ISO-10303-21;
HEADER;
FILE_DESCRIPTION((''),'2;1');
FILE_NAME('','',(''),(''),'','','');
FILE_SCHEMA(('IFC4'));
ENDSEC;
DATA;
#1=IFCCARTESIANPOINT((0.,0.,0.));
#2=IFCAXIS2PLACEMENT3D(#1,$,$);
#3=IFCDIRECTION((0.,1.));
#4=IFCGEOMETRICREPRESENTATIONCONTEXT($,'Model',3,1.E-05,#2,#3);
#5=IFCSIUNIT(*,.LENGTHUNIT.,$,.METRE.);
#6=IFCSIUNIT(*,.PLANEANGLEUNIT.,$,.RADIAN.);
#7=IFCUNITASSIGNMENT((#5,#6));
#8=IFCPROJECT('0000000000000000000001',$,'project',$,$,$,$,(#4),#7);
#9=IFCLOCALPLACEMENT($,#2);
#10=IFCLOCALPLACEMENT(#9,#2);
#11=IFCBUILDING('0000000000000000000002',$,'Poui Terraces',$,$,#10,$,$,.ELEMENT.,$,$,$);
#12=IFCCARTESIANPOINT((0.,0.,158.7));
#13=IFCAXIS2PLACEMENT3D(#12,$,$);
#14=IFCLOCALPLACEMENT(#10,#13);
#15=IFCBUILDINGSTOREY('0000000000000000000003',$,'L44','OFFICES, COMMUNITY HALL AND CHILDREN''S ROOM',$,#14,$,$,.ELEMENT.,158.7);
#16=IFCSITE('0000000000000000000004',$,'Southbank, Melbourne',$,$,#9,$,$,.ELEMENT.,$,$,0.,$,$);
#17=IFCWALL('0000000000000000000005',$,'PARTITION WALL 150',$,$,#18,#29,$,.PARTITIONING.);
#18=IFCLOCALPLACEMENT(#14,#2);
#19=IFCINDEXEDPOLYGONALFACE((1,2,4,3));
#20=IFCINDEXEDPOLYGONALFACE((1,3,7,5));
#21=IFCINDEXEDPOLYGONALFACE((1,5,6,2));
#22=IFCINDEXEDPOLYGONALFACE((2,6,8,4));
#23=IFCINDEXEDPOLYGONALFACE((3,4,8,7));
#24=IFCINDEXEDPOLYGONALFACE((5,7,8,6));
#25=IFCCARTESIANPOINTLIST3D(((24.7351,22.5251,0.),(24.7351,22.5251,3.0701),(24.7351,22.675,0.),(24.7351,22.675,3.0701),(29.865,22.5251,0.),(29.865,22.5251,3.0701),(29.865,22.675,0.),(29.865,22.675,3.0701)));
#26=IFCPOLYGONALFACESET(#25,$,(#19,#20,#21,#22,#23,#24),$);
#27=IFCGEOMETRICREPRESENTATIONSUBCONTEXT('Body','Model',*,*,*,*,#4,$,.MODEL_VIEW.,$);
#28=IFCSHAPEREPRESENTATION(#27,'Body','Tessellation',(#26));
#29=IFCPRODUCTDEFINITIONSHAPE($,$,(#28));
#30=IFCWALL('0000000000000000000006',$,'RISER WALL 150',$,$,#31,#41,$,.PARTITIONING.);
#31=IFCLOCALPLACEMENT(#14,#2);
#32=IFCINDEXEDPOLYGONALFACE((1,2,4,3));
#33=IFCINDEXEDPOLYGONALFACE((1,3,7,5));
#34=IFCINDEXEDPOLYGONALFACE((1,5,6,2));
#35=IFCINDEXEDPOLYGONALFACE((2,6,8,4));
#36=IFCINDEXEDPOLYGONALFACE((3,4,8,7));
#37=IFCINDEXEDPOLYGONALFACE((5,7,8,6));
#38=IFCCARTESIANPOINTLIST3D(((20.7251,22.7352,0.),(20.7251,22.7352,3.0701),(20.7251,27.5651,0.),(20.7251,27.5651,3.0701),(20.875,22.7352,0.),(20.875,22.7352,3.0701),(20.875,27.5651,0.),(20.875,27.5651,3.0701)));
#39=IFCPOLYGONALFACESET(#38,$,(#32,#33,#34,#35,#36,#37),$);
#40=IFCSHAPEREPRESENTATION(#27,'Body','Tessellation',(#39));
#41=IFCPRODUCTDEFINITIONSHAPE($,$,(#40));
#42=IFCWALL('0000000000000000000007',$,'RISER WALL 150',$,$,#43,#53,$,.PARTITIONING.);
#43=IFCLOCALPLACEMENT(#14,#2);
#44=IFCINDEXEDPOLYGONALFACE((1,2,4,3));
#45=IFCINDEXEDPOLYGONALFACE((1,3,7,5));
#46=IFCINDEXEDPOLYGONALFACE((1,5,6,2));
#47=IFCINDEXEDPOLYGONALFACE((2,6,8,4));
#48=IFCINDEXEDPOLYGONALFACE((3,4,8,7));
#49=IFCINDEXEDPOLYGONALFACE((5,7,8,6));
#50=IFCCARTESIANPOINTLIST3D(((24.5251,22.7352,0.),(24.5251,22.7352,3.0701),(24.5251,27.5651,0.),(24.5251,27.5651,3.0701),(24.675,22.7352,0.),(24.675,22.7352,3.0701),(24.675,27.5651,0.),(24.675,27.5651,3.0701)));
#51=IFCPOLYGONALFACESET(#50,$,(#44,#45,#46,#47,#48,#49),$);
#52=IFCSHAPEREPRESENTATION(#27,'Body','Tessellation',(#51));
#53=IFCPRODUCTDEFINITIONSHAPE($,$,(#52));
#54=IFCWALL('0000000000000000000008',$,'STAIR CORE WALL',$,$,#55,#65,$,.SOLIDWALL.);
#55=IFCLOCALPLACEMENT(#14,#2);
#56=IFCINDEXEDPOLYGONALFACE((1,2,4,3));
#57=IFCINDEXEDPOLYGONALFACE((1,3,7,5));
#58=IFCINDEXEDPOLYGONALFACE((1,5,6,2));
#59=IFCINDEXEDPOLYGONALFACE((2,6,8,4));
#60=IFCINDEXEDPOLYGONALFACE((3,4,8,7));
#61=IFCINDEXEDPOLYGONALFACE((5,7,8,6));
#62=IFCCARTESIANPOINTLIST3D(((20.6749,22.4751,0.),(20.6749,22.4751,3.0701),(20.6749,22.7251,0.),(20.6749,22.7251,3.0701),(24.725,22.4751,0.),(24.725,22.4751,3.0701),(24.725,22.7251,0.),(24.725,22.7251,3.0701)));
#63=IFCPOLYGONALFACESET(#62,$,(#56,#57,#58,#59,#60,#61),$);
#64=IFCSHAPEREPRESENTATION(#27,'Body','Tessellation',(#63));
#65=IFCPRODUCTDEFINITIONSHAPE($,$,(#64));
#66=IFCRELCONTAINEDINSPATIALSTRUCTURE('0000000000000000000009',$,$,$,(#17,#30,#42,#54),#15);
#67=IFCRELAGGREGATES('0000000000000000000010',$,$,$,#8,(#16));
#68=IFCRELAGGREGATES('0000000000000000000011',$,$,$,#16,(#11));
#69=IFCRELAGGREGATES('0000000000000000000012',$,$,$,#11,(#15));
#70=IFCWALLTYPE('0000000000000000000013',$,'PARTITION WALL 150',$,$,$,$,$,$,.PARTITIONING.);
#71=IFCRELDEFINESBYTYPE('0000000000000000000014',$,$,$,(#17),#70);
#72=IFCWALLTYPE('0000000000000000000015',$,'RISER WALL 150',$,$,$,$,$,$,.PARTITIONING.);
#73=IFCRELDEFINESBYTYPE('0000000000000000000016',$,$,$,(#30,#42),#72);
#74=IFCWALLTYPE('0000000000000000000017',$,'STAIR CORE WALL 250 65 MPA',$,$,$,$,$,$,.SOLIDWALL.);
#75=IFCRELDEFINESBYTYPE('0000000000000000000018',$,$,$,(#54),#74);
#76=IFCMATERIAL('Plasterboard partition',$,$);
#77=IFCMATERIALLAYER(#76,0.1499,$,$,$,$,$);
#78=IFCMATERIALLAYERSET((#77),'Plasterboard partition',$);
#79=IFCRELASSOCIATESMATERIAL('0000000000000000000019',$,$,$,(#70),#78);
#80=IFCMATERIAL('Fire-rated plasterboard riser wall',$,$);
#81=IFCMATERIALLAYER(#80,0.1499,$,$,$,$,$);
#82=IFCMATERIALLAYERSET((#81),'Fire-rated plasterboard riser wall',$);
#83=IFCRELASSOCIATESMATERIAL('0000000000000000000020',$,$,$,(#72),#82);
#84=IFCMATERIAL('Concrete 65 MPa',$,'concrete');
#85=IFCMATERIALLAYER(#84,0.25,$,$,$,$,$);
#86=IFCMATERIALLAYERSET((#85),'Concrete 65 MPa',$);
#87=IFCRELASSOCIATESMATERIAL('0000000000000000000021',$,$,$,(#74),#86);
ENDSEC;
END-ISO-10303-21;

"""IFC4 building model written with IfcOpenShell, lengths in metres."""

from ifc_helpers import new_model, si_unit, direction, frame, frame_2d, origin, place, context, subcontext, project, spatial, rectangle, extrude, material, layer, layer_set, type_object, element, save


model = new_model("IFC4")

# Units and contexts
model_context = context("Model", 3, precision=1e-05, world=origin(), true_north=direction((0.0, 1.0)))
body_context = subcontext(model_context, "Body", "Model", "MODEL_VIEW")
ifc_project = project(units=[si_unit("LENGTHUNIT", "METRE"), si_unit("PLANEANGLEUNIT", "RADIAN")], contexts=[model_context])

# Site, building, storey
site_placement = place(None, origin())
site = spatial("IfcSite", under=ifc_project, at=site_placement, Name="Southbank, Melbourne", CompositionType="ELEMENT", RefElevation=0.0)
building_placement = place(site_placement, origin())
building = spatial("IfcBuilding", under=site, at=building_placement, Name="Poui Terraces", CompositionType="ELEMENT")
storey_placement = place(building_placement, frame((0.0, 0.0, 158.7)))
storey = spatial("IfcBuildingStorey", under=building, at=storey_placement, Name="L44", Description="OFFICES, COMMUNITY HALL AND CHILDREN'S ROOM", CompositionType="ELEMENT", Elevation=158.7)

# Walls
ifc_material_1 = material(Name="Plasterboard partition")
ifc_layer_1 = layer(ifc_material_1, 0.1499)
ifc_layer_set_1 = layer_set([ifc_layer_1], Name="Plasterboard partition")
wall_type_1 = type_object("IfcWallType", Name="PARTITION WALL 150", PredefinedType="PARTITIONING", material=ifc_layer_set_1)
wall_1_placement = place(storey_placement, frame((24.7351, 22.6001, 0.0), z_axis=(0.0, 0.0, 1.0), x_axis=(1.0, 0.0, 0.0)))
element("IfcWall", 1, at=wall_1_placement, inside=storey, type_object=wall_type_1, Name="PARTITION WALL 150", PredefinedType="PARTITIONING", context=body_context, shape_type="SweptSolid", body=[
    extrude(rectangle(XDim=5.1299, YDim=0.1499, at=frame_2d((2.5649, 0.0))), origin(), (0.0, 0.0, 1.0), 3.0701),
])
ifc_material_2 = material(Name="Fire-rated plasterboard riser wall")
ifc_layer_2 = layer(ifc_material_2, 0.1499)
ifc_layer_set_2 = layer_set([ifc_layer_2], Name="Fire-rated plasterboard riser wall")
wall_type_2 = type_object("IfcWallType", Name="RISER WALL 150", PredefinedType="PARTITIONING", material=ifc_layer_set_2)
for number, where, z_axis, x_axis, name in (
    (2, (20.8, 22.7351, 0.0), (0.0, 0.0, 1.0), (0.0, 1.0, 0.0), "RISER WALL 150"),
    (3, (24.6001, 22.7351, 0.0), (0.0, 0.0, 1.0), (0.0, 1.0, 0.0), "RISER WALL 150"),
):
    element("IfcWall", number, at=place(storey_placement, frame(where, z_axis=z_axis, x_axis=x_axis)), inside=storey, type_object=wall_type_2, Name=name, PredefinedType="PARTITIONING", context=body_context, shape_type="SweptSolid", body=[
        extrude(rectangle(XDim=4.8298, YDim=0.1499, at=frame_2d((2.415, 0.0))), origin(), (0.0, 0.0, 1.0), 3.0701),
    ])
ifc_material_3 = material(Name="Concrete 65 MPa", Category="concrete")
ifc_layer_3 = layer(ifc_material_3, 0.25)
ifc_layer_set_3 = layer_set([ifc_layer_3], Name="Concrete 65 MPa")
wall_type_3 = type_object("IfcWallType", Name="STAIR CORE WALL 250 65 MPA", PredefinedType="SOLIDWALL", material=ifc_layer_set_3)
wall_2_placement = place(storey_placement, frame((20.675, 22.6001, 0.0), z_axis=(0.0, 0.0, 1.0), x_axis=(1.0, 0.0, 0.0)))
element("IfcWall", 4, at=wall_2_placement, inside=storey, type_object=wall_type_3, Name="STAIR CORE WALL", PredefinedType="SOLIDWALL", context=body_context, shape_type="SweptSolid", body=[
    extrude(rectangle(XDim=4.05, YDim=0.25, at=frame_2d((2.0249, 0.0))), origin(), (0.0, 0.0, 1.0), 3.0701),
])

save(model, "model.ifc")
